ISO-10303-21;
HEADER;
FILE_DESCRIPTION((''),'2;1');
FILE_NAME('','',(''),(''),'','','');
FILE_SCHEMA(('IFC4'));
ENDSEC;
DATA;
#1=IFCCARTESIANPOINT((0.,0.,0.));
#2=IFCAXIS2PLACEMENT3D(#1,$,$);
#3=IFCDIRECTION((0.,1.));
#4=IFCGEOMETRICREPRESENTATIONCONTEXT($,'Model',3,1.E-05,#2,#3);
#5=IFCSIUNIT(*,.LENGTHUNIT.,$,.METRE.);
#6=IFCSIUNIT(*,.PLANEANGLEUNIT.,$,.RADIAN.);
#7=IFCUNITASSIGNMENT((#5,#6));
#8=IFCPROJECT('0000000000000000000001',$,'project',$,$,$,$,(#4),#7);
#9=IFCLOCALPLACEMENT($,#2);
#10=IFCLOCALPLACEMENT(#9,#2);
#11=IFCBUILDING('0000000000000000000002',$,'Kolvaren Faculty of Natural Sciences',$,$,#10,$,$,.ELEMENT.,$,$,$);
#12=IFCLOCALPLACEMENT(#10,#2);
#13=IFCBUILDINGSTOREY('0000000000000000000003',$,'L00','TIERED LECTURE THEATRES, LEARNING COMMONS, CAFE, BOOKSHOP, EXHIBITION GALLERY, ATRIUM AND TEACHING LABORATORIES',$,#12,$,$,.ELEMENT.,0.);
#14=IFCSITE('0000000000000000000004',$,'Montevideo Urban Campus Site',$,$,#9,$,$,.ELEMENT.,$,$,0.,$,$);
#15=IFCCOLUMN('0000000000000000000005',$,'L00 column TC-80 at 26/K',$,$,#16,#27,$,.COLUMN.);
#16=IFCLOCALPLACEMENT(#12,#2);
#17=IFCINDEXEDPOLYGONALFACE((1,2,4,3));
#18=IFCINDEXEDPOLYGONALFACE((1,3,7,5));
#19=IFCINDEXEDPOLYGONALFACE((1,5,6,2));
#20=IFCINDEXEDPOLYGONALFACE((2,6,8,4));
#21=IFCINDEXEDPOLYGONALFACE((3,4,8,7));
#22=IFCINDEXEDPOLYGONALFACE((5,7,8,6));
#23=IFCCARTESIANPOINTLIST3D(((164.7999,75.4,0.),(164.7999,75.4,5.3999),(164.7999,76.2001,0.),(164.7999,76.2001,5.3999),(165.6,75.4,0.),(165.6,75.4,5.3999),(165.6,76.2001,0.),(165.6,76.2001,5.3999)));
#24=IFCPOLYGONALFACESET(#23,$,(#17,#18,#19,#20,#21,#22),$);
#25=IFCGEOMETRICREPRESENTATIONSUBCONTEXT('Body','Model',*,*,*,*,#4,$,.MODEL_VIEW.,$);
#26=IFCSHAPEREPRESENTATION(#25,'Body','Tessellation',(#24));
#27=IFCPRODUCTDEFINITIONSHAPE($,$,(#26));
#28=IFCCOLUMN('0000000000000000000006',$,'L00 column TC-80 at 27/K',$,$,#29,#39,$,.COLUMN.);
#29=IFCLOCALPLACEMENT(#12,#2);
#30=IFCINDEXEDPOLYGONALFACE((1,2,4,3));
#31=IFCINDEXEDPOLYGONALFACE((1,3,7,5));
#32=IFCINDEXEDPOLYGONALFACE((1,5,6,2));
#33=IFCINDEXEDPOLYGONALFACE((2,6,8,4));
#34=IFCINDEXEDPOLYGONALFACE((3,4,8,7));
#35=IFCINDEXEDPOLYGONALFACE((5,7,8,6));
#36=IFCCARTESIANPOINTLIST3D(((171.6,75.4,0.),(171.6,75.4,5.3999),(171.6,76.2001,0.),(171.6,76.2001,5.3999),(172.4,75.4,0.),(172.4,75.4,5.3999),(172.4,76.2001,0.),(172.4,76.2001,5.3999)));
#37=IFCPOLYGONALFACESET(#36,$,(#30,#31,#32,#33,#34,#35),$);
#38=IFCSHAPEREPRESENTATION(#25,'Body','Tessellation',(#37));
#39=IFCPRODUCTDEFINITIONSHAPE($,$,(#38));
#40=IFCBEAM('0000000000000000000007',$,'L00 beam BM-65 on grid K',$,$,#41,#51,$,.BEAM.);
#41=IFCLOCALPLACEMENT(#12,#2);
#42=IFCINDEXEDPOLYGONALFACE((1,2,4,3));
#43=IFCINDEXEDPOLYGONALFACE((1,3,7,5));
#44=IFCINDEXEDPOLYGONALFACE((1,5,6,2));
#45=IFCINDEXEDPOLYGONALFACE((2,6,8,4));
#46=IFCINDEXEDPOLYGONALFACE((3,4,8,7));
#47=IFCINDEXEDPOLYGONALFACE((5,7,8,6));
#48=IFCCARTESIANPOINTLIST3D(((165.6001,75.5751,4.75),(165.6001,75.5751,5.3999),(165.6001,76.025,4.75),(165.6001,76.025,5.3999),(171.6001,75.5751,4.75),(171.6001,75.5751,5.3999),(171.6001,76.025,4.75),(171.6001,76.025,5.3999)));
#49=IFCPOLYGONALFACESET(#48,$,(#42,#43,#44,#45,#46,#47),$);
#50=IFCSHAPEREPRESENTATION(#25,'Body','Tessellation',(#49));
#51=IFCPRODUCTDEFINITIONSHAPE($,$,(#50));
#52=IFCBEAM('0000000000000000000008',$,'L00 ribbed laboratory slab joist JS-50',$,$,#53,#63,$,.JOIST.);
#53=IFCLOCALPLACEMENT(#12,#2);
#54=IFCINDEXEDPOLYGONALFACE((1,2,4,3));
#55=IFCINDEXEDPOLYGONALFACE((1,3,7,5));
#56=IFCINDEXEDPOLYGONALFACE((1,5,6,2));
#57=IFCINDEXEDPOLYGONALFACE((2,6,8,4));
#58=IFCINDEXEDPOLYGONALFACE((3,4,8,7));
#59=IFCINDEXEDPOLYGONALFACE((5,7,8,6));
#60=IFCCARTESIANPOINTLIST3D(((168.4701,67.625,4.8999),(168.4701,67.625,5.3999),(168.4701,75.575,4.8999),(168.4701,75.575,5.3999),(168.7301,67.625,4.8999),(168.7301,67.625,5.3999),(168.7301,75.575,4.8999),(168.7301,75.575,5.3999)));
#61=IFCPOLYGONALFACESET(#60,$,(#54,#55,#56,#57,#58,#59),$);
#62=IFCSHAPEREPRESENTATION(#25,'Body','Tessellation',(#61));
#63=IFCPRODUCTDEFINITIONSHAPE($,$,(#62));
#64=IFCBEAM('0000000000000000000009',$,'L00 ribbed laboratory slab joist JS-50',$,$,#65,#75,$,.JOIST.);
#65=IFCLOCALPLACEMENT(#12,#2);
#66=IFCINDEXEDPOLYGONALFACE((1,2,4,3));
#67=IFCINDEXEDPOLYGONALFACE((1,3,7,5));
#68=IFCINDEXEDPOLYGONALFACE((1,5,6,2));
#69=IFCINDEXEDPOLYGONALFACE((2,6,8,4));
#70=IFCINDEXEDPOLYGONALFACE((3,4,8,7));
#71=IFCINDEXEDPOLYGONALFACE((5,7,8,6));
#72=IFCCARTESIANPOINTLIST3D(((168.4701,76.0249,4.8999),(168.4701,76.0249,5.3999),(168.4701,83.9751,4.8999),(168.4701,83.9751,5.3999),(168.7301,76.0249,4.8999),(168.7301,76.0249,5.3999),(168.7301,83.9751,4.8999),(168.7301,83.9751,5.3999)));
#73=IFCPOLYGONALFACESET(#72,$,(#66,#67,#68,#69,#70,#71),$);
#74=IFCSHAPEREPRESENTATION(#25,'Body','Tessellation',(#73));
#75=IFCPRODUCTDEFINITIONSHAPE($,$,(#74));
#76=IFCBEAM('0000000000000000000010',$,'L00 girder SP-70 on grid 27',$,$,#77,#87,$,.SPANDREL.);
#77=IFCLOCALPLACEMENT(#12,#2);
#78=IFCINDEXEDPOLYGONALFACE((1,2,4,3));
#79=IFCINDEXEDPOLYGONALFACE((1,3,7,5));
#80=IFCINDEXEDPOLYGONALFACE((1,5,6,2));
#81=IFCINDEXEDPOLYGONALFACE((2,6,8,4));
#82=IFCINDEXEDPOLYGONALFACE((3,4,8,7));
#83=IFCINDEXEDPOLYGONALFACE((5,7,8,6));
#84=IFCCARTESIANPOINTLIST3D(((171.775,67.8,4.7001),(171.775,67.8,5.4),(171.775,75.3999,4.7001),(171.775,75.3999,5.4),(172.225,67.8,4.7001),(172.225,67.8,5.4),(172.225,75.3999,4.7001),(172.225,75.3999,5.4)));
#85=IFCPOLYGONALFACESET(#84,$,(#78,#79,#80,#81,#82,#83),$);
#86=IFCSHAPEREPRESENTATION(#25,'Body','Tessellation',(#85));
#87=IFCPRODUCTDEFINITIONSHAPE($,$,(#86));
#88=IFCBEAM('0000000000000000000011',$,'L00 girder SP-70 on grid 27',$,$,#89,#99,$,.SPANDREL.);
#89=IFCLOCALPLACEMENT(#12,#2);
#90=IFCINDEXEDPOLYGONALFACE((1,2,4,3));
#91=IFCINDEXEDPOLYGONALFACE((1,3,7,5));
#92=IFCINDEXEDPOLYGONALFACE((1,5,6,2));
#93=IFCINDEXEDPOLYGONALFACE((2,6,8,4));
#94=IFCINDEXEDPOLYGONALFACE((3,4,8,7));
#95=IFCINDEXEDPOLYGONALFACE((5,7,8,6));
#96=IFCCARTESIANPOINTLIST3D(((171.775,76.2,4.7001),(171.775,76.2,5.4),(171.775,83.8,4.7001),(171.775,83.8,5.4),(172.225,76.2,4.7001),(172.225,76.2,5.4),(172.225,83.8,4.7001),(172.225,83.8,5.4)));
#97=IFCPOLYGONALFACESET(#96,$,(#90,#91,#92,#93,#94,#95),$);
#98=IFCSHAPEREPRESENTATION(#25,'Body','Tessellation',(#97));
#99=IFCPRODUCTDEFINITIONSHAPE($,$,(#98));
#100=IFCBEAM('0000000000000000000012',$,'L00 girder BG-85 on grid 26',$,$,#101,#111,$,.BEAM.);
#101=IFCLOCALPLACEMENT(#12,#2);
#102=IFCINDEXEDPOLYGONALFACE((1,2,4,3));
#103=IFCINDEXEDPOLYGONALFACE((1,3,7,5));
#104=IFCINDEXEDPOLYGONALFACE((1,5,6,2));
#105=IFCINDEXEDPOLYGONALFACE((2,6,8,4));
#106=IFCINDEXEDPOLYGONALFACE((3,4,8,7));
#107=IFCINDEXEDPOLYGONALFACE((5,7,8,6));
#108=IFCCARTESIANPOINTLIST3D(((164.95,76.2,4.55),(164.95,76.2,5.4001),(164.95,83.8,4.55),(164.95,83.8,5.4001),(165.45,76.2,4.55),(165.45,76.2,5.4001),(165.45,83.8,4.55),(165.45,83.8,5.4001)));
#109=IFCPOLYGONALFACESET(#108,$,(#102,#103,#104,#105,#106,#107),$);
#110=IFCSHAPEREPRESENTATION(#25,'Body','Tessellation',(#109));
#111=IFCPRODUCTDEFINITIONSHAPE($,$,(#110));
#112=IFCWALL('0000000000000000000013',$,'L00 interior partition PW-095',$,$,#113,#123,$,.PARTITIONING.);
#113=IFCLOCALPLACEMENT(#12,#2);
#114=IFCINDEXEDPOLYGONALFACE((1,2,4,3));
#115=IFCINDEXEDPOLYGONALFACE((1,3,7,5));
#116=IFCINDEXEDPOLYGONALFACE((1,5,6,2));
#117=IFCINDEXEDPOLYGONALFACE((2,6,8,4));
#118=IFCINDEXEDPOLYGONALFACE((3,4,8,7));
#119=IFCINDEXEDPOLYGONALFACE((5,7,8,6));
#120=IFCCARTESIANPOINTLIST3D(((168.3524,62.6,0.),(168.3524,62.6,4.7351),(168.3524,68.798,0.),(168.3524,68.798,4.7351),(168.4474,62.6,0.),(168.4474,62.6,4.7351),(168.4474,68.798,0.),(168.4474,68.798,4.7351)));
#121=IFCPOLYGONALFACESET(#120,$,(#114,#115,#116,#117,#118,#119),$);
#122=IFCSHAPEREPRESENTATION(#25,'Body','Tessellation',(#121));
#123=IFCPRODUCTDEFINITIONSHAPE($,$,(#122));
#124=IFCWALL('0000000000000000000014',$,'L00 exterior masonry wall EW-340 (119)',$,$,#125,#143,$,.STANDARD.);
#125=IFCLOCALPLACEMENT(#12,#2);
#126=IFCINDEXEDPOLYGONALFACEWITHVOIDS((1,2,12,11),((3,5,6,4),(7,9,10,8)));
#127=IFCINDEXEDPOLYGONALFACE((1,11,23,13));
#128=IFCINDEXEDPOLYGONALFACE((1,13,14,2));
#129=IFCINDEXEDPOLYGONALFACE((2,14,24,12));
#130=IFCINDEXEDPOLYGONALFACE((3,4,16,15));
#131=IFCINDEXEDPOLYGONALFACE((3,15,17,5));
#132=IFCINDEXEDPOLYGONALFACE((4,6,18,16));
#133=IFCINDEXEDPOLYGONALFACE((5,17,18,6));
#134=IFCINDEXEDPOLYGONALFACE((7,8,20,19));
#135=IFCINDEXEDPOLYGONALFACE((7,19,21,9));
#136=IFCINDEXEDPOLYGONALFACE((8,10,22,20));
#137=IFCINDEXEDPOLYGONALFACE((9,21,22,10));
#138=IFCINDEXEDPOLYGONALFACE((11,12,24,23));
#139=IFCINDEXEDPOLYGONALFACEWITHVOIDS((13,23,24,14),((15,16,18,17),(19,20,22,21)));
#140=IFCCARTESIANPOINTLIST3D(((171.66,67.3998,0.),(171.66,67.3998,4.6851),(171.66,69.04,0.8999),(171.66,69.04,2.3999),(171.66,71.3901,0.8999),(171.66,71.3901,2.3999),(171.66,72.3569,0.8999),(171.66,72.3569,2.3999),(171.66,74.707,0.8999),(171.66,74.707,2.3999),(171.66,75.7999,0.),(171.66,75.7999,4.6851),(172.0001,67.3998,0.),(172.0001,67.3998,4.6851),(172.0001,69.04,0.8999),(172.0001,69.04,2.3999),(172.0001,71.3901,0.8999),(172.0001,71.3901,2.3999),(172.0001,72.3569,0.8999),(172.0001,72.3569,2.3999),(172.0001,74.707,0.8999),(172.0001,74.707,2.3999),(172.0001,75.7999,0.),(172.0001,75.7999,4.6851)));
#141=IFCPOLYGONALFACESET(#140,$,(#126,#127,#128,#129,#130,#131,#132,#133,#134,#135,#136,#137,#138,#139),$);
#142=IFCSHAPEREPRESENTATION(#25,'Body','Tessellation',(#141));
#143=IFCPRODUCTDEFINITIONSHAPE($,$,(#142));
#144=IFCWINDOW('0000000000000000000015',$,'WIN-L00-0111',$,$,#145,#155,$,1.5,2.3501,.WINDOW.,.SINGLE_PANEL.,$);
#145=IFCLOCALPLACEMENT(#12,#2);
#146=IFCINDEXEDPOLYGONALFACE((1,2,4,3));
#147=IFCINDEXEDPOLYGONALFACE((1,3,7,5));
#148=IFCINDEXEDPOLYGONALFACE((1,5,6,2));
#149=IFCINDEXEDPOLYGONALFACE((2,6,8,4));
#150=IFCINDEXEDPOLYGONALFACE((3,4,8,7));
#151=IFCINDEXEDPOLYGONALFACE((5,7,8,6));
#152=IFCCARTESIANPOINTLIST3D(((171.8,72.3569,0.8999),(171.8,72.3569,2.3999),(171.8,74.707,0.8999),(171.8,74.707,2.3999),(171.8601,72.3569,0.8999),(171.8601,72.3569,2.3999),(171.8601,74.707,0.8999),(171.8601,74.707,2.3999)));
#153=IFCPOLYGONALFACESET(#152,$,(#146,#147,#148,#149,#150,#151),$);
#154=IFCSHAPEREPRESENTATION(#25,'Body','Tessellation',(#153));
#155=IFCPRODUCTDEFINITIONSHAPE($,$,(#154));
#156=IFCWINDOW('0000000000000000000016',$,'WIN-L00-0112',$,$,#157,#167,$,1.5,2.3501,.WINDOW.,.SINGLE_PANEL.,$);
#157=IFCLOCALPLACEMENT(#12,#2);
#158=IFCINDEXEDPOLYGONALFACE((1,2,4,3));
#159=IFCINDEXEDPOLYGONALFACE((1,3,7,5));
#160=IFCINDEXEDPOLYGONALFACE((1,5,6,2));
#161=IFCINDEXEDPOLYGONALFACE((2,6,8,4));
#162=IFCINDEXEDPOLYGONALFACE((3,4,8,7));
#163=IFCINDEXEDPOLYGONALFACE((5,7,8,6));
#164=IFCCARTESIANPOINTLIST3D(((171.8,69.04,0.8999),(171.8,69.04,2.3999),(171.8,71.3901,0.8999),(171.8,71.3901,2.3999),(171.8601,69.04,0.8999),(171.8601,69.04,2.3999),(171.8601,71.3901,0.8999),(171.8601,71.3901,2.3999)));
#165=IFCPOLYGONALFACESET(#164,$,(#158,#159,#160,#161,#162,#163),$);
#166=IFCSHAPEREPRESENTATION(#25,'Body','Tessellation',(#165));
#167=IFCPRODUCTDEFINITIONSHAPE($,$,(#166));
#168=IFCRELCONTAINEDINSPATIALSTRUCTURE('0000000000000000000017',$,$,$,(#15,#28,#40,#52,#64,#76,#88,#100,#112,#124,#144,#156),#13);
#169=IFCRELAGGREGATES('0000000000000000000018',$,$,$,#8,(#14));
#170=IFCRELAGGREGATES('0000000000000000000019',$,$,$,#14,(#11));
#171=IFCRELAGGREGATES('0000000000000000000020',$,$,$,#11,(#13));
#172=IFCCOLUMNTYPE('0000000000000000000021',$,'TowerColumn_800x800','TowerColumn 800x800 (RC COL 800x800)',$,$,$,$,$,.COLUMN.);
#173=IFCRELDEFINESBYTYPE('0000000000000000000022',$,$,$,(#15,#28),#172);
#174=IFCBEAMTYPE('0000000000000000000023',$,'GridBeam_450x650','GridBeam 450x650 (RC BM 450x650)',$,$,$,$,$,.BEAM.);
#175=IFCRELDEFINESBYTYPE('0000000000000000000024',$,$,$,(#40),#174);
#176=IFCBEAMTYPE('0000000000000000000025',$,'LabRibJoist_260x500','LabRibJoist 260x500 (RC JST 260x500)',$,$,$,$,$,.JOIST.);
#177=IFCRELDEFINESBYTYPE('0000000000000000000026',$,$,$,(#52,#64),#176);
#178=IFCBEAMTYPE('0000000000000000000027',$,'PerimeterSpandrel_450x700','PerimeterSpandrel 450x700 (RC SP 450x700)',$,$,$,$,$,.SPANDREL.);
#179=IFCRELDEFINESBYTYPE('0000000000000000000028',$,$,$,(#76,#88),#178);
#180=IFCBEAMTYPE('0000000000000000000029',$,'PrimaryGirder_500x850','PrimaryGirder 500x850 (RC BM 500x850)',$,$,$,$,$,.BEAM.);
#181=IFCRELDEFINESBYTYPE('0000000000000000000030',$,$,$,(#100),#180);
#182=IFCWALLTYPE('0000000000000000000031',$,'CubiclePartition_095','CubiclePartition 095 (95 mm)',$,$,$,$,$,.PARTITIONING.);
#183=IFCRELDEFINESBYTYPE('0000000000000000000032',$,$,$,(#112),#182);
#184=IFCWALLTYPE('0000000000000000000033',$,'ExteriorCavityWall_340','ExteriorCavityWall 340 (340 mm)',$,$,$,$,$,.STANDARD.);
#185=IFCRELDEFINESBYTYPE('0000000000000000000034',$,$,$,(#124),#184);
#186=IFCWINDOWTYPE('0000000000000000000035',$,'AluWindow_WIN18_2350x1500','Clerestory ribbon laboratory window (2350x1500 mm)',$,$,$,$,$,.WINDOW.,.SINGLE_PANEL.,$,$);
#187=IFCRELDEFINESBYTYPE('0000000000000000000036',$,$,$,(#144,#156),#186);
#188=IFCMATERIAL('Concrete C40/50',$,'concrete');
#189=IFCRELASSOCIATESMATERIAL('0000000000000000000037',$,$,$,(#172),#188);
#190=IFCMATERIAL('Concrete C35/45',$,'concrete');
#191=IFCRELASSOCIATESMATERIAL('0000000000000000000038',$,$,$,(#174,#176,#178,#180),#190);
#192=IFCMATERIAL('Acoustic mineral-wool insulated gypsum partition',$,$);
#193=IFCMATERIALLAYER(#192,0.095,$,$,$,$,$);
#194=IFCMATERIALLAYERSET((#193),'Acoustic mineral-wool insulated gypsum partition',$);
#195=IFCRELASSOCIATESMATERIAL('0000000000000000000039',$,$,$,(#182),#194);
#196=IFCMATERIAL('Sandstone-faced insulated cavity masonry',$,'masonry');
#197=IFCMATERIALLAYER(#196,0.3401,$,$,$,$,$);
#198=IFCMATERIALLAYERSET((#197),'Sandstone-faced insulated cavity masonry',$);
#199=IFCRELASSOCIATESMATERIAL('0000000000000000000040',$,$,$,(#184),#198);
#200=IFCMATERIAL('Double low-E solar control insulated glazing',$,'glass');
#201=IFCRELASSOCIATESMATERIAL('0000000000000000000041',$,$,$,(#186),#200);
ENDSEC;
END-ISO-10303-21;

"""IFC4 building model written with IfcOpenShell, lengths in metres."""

from ifc_helpers import new_model, si_unit, direction, frame, frame_2d, origin, origin_2d, place, context, subcontext, project, spatial, rectangle, extrude, material, layer, layer_set, material_profile, profile_set, type_object, element, fill, save


model = new_model("IFC4")

# Units and contexts
model_context = context("Model", 3, precision=1e-05, world=origin(), true_north=direction((0.0, 1.0)))
body_context = subcontext(model_context, "Body", "Model", "MODEL_VIEW")
ifc_project = project(units=[si_unit("LENGTHUNIT", "METRE"), si_unit("PLANEANGLEUNIT", "RADIAN")], contexts=[model_context])

# Site, building, storey
site_placement = place(None, origin())
site = spatial("IfcSite", under=ifc_project, at=site_placement, Name="Montevideo Urban Campus Site", CompositionType="ELEMENT", RefElevation=0.0)
building_placement = place(site_placement, origin())
building = spatial("IfcBuilding", under=site, at=building_placement, Name="Kolvaren Faculty of Natural Sciences", CompositionType="ELEMENT")
storey_placement = place(building_placement, origin())
storey = spatial("IfcBuildingStorey", under=building, at=storey_placement, Name="L00", Description="TIERED LECTURE THEATRES, LEARNING COMMONS, CAFE, BOOKSHOP, EXHIBITION GALLERY, ATRIUM AND TEACHING LABORATORIES", CompositionType="ELEMENT", Elevation=0.0)

# Columns
ifc_material_1 = material(Name="Concrete C40/50", Category="concrete")
ifc_material_profile_1 = material_profile(ifc_material_1, rectangle(XDim=0.8, YDim=0.8, at=origin_2d()), Name="RC COL 800x800")
ifc_profile_set_1 = profile_set([ifc_material_profile_1], Name="Concrete C40/50")
column_type = type_object("IfcColumnType", Name="TowerColumn_800x800", Description="TowerColumn 800x800 (RC COL 800x800)", PredefinedType="COLUMN", material=ifc_profile_set_1)
for number, where, z_axis, x_axis, name in (
    (1, (165.2, 75.8, 0.0), (0.0, 0.0, 1.0), (1.0, 0.0, 0.0), "L00 column TC-80 at 26/K"),
    (2, (172.0, 75.8, 0.0), (0.0, 0.0, 1.0), (1.0, 0.0, 0.0), "L00 column TC-80 at 27/K"),
):
    element("IfcColumn", number, at=place(storey_placement, frame(where, z_axis=z_axis, x_axis=x_axis)), inside=storey, type_object=column_type, Name=name, PredefinedType="COLUMN", context=body_context, shape_type="SweptSolid", body=[
        extrude(rectangle(XDim=0.8, YDim=0.8, at=origin_2d()), origin(), (0.0, 0.0, 1.0), 5.3999),
    ])

# Beams
ifc_material_2 = material(Name="Concrete C35/45", Category="concrete")
ifc_material_profile_2 = material_profile(ifc_material_2, rectangle(XDim=0.45, YDim=0.6499, at=origin_2d()), Name="RC BM 450x650")
ifc_profile_set_2 = profile_set([ifc_material_profile_2], Name="Concrete C35/45")
beam_type_1 = type_object("IfcBeamType", Name="GridBeam_450x650", Description="GridBeam 450x650 (RC BM 450x650)", PredefinedType="BEAM", material=ifc_profile_set_2)
beam_1_placement = place(storey_placement, frame((165.6001, 75.8, 5.075), z_axis=(1.0, 0.0, 0.0), x_axis=(0.0, 1.0, 0.0)))
element("IfcBeam", 3, at=beam_1_placement, inside=storey, type_object=beam_type_1, Name="L00 beam BM-65 on grid K", PredefinedType="BEAM", context=body_context, shape_type="SweptSolid", body=[
    extrude(rectangle(XDim=0.45, YDim=0.6499, at=origin_2d()), origin(), (0.0, 0.0, 1.0), 6.0),
])
ifc_material_profile_3 = material_profile(ifc_material_2, rectangle(XDim=0.26, YDim=0.5, at=origin_2d()), Name="RC JST 260x500")
ifc_profile_set_3 = profile_set([ifc_material_profile_3], Name="Concrete C35/45")
beam_type_2 = type_object("IfcBeamType", Name="LabRibJoist_260x500", Description="LabRibJoist 260x500 (RC JST 260x500)", PredefinedType="JOIST", material=ifc_profile_set_3)
beam_2_placement = place(storey_placement, frame((168.6001, 67.625, 5.1499), z_axis=(0.0, 1.0, 0.0), x_axis=(-1.0, 0.0, 0.0)))
element("IfcBeam", 4, at=beam_2_placement, inside=storey, type_object=beam_type_2, Name="L00 ribbed laboratory slab joist JS-50", PredefinedType="JOIST", context=body_context, shape_type="SweptSolid", body=[
    extrude(rectangle(XDim=0.26, YDim=0.5, at=origin_2d()), origin(), (0.0, 0.0, 1.0), 7.95),
])
beam_3_placement = place(storey_placement, frame((168.6001, 76.0249, 5.1499), z_axis=(0.0, 1.0, 0.0), x_axis=(-1.0, 0.0, 0.0)))
element("IfcBeam", 5, at=beam_3_placement, inside=storey, type_object=beam_type_2, Name="L00 ribbed laboratory slab joist JS-50", PredefinedType="JOIST", context=body_context, shape_type="SweptSolid", body=[
    extrude(rectangle(XDim=0.26, YDim=0.5, at=origin_2d()), origin(), (0.0, 0.0, 1.0), 7.9502),
])
ifc_material_profile_4 = material_profile(ifc_material_2, rectangle(XDim=0.45, YDim=0.7, at=origin_2d()), Name="RC SP 450x700")
ifc_profile_set_4 = profile_set([ifc_material_profile_4], Name="Concrete C35/45")
beam_type_3 = type_object("IfcBeamType", Name="PerimeterSpandrel_450x700", Description="PerimeterSpandrel 450x700 (RC SP 450x700)", PredefinedType="SPANDREL", material=ifc_profile_set_4)
beam_4_placement = place(storey_placement, frame((172.0, 67.8, 5.05), z_axis=(0.0, 1.0, 0.0), x_axis=(-1.0, 0.0, 0.0)))
element("IfcBeam", 6, at=beam_4_placement, inside=storey, type_object=beam_type_3, Name="L00 girder SP-70 on grid 27", PredefinedType="SPANDREL", context=body_context, shape_type="SweptSolid", body=[
    extrude(rectangle(XDim=0.45, YDim=0.7, at=origin_2d()), origin(), (0.0, 0.0, 1.0), 7.5999),
])
beam_5_placement = place(storey_placement, frame((172.0, 76.2, 5.05), z_axis=(0.0, 1.0, 0.0), x_axis=(-1.0, 0.0, 0.0)))
element("IfcBeam", 7, at=beam_5_placement, inside=storey, type_object=beam_type_3, Name="L00 girder SP-70 on grid 27", PredefinedType="SPANDREL", context=body_context, shape_type="SweptSolid", body=[
    extrude(rectangle(XDim=0.45, YDim=0.7, at=origin_2d()), origin(), (0.0, 0.0, 1.0), 7.6001),
])
ifc_material_profile_5 = material_profile(ifc_material_2, rectangle(XDim=0.5, YDim=0.8501, at=origin_2d()), Name="RC BM 500x850")
ifc_profile_set_5 = profile_set([ifc_material_profile_5], Name="Concrete C35/45")
beam_type_4 = type_object("IfcBeamType", Name="PrimaryGirder_500x850", Description="PrimaryGirder 500x850 (RC BM 500x850)", PredefinedType="BEAM", material=ifc_profile_set_5)
beam_6_placement = place(storey_placement, frame((165.2, 76.2, 4.9751), z_axis=(0.0, 1.0, 0.0), x_axis=(-1.0, 0.0, 0.0)))
element("IfcBeam", 8, at=beam_6_placement, inside=storey, type_object=beam_type_4, Name="L00 girder BG-85 on grid 26", PredefinedType="BEAM", context=body_context, shape_type="SweptSolid", body=[
    extrude(rectangle(XDim=0.5, YDim=0.8501, at=origin_2d()), origin(), (0.0, 0.0, 1.0), 7.6001),
])

# Wall
ifc_material_3 = material(Name="Acoustic mineral-wool insulated gypsum partition")
ifc_layer_1 = layer(ifc_material_3, 0.095)
ifc_layer_set_1 = layer_set([ifc_layer_1], Name="Acoustic mineral-wool insulated gypsum partition")
wall_type_1 = type_object("IfcWallType", Name="CubiclePartition_095", Description="CubiclePartition 095 (95 mm)", PredefinedType="PARTITIONING", material=ifc_layer_set_1)
wall_1_placement = place(storey_placement, frame((168.3999, 68.7981, 0.0), z_axis=(0.0, 0.0, 1.0), x_axis=(0.0, -1.0, 0.0)))
element("IfcWall", 9, at=wall_1_placement, inside=storey, type_object=wall_type_1, Name="L00 interior partition PW-095", PredefinedType="PARTITIONING", context=body_context, shape_type="SweptSolid", body=[
    extrude(rectangle(XDim=6.198, YDim=0.095, at=frame_2d((3.0991, 0.0))), origin(), (0.0, 0.0, 1.0), 4.7351),
])

# Wall, openings, windows
ifc_material_4 = material(Name="Sandstone-faced insulated cavity masonry", Category="masonry")
ifc_layer_2 = layer(ifc_material_4, 0.3401)
ifc_layer_set_2 = layer_set([ifc_layer_2], Name="Sandstone-faced insulated cavity masonry")
wall_type_2 = type_object("IfcWallType", Name="ExteriorCavityWall_340", Description="ExteriorCavityWall 340 (340 mm)", PredefinedType="STANDARD", material=ifc_layer_set_2)
wall_2_placement = place(storey_placement, frame((171.8301, 75.8, 0.0), z_axis=(0.0, 0.0, 1.0), x_axis=(0.0, -1.0, 0.0)))
wall_2 = element("IfcWall", 10, at=wall_2_placement, inside=storey, type_object=wall_type_2, Name="L00 exterior masonry wall EW-340 (119)", PredefinedType="STANDARD", context=body_context, shape_type="SweptSolid", body=[
    extrude(rectangle(XDim=8.4001, YDim=0.3401, at=frame_2d((4.2002, 0.0))), origin(), (0.0, 0.0, 1.0), 4.6851),
])
opening_1_placement = place(wall_2_placement, frame((1.093, 0.0, 0.8999)))
opening_1 = element("IfcOpeningElement", 11, at=opening_1_placement, cuts=wall_2, PredefinedType="OPENING", context=body_context, shape_type="SweptSolid", body=[
    extrude(rectangle(XDim=2.3501, YDim=1.5, at=frame_2d((1.175, 0.75))), frame((0.0, 0.1799, 0.0), z_axis=(0.0, -1.0, 0.0), x_axis=(1.0, 0.0, 0.0)), (0.0, 0.0, 1.0), 0.3601),
])
opening_2_placement = place(wall_2_placement, frame((4.4099, 0.0, 0.8999)))
opening_2 = element("IfcOpeningElement", 12, at=opening_2_placement, cuts=wall_2, PredefinedType="OPENING", context=body_context, shape_type="SweptSolid", body=[
    extrude(rectangle(XDim=2.3501, YDim=1.5, at=frame_2d((1.175, 0.75))), frame((0.0, 0.1799, 0.0), z_axis=(0.0, -1.0, 0.0), x_axis=(1.0, 0.0, 0.0)), (0.0, 0.0, 1.0), 0.3601),
])
ifc_material_5 = material(Name="Double low-E solar control insulated glazing", Category="glass")
window_type = type_object("IfcWindowType", Name="AluWindow_WIN18_2350x1500", Description="Clerestory ribbon laboratory window (2350x1500 mm)", PartitioningType="SINGLE_PANEL", PredefinedType="WINDOW", material=ifc_material_5)
window_1_placement = place(opening_1_placement, origin())
window_1 = element("IfcWindow", 13, at=window_1_placement, inside=storey, type_object=window_type, Name="WIN-L00-0111", OverallHeight=1.5, OverallWidth=2.3501, PartitioningType="SINGLE_PANEL", PredefinedType="WINDOW", context=body_context, shape_type="SweptSolid", body=[
    extrude(rectangle(XDim=2.3501, YDim=1.5, at=frame_2d((1.175, 0.75))), frame((0.0, 0.03, 0.0), z_axis=(0.0, -1.0, 0.0), x_axis=(1.0, 0.0, 0.0)), (0.0, 0.0, 1.0), 0.0601),
])
fill(opening_1, window_1)
window_2_placement = place(opening_2_placement, origin())
window_2 = element("IfcWindow", 14, at=window_2_placement, inside=storey, type_object=window_type, Name="WIN-L00-0112", OverallHeight=1.5, OverallWidth=2.3501, PartitioningType="SINGLE_PANEL", PredefinedType="WINDOW", context=body_context, shape_type="SweptSolid", body=[
    extrude(rectangle(XDim=2.3501, YDim=1.5, at=frame_2d((1.175, 0.75))), frame((0.0, 0.03, 0.0), z_axis=(0.0, -1.0, 0.0), x_axis=(1.0, 0.0, 0.0)), (0.0, 0.0, 1.0), 0.0601),
])
fill(opening_2, window_2)

save(model, "model.ifc")
